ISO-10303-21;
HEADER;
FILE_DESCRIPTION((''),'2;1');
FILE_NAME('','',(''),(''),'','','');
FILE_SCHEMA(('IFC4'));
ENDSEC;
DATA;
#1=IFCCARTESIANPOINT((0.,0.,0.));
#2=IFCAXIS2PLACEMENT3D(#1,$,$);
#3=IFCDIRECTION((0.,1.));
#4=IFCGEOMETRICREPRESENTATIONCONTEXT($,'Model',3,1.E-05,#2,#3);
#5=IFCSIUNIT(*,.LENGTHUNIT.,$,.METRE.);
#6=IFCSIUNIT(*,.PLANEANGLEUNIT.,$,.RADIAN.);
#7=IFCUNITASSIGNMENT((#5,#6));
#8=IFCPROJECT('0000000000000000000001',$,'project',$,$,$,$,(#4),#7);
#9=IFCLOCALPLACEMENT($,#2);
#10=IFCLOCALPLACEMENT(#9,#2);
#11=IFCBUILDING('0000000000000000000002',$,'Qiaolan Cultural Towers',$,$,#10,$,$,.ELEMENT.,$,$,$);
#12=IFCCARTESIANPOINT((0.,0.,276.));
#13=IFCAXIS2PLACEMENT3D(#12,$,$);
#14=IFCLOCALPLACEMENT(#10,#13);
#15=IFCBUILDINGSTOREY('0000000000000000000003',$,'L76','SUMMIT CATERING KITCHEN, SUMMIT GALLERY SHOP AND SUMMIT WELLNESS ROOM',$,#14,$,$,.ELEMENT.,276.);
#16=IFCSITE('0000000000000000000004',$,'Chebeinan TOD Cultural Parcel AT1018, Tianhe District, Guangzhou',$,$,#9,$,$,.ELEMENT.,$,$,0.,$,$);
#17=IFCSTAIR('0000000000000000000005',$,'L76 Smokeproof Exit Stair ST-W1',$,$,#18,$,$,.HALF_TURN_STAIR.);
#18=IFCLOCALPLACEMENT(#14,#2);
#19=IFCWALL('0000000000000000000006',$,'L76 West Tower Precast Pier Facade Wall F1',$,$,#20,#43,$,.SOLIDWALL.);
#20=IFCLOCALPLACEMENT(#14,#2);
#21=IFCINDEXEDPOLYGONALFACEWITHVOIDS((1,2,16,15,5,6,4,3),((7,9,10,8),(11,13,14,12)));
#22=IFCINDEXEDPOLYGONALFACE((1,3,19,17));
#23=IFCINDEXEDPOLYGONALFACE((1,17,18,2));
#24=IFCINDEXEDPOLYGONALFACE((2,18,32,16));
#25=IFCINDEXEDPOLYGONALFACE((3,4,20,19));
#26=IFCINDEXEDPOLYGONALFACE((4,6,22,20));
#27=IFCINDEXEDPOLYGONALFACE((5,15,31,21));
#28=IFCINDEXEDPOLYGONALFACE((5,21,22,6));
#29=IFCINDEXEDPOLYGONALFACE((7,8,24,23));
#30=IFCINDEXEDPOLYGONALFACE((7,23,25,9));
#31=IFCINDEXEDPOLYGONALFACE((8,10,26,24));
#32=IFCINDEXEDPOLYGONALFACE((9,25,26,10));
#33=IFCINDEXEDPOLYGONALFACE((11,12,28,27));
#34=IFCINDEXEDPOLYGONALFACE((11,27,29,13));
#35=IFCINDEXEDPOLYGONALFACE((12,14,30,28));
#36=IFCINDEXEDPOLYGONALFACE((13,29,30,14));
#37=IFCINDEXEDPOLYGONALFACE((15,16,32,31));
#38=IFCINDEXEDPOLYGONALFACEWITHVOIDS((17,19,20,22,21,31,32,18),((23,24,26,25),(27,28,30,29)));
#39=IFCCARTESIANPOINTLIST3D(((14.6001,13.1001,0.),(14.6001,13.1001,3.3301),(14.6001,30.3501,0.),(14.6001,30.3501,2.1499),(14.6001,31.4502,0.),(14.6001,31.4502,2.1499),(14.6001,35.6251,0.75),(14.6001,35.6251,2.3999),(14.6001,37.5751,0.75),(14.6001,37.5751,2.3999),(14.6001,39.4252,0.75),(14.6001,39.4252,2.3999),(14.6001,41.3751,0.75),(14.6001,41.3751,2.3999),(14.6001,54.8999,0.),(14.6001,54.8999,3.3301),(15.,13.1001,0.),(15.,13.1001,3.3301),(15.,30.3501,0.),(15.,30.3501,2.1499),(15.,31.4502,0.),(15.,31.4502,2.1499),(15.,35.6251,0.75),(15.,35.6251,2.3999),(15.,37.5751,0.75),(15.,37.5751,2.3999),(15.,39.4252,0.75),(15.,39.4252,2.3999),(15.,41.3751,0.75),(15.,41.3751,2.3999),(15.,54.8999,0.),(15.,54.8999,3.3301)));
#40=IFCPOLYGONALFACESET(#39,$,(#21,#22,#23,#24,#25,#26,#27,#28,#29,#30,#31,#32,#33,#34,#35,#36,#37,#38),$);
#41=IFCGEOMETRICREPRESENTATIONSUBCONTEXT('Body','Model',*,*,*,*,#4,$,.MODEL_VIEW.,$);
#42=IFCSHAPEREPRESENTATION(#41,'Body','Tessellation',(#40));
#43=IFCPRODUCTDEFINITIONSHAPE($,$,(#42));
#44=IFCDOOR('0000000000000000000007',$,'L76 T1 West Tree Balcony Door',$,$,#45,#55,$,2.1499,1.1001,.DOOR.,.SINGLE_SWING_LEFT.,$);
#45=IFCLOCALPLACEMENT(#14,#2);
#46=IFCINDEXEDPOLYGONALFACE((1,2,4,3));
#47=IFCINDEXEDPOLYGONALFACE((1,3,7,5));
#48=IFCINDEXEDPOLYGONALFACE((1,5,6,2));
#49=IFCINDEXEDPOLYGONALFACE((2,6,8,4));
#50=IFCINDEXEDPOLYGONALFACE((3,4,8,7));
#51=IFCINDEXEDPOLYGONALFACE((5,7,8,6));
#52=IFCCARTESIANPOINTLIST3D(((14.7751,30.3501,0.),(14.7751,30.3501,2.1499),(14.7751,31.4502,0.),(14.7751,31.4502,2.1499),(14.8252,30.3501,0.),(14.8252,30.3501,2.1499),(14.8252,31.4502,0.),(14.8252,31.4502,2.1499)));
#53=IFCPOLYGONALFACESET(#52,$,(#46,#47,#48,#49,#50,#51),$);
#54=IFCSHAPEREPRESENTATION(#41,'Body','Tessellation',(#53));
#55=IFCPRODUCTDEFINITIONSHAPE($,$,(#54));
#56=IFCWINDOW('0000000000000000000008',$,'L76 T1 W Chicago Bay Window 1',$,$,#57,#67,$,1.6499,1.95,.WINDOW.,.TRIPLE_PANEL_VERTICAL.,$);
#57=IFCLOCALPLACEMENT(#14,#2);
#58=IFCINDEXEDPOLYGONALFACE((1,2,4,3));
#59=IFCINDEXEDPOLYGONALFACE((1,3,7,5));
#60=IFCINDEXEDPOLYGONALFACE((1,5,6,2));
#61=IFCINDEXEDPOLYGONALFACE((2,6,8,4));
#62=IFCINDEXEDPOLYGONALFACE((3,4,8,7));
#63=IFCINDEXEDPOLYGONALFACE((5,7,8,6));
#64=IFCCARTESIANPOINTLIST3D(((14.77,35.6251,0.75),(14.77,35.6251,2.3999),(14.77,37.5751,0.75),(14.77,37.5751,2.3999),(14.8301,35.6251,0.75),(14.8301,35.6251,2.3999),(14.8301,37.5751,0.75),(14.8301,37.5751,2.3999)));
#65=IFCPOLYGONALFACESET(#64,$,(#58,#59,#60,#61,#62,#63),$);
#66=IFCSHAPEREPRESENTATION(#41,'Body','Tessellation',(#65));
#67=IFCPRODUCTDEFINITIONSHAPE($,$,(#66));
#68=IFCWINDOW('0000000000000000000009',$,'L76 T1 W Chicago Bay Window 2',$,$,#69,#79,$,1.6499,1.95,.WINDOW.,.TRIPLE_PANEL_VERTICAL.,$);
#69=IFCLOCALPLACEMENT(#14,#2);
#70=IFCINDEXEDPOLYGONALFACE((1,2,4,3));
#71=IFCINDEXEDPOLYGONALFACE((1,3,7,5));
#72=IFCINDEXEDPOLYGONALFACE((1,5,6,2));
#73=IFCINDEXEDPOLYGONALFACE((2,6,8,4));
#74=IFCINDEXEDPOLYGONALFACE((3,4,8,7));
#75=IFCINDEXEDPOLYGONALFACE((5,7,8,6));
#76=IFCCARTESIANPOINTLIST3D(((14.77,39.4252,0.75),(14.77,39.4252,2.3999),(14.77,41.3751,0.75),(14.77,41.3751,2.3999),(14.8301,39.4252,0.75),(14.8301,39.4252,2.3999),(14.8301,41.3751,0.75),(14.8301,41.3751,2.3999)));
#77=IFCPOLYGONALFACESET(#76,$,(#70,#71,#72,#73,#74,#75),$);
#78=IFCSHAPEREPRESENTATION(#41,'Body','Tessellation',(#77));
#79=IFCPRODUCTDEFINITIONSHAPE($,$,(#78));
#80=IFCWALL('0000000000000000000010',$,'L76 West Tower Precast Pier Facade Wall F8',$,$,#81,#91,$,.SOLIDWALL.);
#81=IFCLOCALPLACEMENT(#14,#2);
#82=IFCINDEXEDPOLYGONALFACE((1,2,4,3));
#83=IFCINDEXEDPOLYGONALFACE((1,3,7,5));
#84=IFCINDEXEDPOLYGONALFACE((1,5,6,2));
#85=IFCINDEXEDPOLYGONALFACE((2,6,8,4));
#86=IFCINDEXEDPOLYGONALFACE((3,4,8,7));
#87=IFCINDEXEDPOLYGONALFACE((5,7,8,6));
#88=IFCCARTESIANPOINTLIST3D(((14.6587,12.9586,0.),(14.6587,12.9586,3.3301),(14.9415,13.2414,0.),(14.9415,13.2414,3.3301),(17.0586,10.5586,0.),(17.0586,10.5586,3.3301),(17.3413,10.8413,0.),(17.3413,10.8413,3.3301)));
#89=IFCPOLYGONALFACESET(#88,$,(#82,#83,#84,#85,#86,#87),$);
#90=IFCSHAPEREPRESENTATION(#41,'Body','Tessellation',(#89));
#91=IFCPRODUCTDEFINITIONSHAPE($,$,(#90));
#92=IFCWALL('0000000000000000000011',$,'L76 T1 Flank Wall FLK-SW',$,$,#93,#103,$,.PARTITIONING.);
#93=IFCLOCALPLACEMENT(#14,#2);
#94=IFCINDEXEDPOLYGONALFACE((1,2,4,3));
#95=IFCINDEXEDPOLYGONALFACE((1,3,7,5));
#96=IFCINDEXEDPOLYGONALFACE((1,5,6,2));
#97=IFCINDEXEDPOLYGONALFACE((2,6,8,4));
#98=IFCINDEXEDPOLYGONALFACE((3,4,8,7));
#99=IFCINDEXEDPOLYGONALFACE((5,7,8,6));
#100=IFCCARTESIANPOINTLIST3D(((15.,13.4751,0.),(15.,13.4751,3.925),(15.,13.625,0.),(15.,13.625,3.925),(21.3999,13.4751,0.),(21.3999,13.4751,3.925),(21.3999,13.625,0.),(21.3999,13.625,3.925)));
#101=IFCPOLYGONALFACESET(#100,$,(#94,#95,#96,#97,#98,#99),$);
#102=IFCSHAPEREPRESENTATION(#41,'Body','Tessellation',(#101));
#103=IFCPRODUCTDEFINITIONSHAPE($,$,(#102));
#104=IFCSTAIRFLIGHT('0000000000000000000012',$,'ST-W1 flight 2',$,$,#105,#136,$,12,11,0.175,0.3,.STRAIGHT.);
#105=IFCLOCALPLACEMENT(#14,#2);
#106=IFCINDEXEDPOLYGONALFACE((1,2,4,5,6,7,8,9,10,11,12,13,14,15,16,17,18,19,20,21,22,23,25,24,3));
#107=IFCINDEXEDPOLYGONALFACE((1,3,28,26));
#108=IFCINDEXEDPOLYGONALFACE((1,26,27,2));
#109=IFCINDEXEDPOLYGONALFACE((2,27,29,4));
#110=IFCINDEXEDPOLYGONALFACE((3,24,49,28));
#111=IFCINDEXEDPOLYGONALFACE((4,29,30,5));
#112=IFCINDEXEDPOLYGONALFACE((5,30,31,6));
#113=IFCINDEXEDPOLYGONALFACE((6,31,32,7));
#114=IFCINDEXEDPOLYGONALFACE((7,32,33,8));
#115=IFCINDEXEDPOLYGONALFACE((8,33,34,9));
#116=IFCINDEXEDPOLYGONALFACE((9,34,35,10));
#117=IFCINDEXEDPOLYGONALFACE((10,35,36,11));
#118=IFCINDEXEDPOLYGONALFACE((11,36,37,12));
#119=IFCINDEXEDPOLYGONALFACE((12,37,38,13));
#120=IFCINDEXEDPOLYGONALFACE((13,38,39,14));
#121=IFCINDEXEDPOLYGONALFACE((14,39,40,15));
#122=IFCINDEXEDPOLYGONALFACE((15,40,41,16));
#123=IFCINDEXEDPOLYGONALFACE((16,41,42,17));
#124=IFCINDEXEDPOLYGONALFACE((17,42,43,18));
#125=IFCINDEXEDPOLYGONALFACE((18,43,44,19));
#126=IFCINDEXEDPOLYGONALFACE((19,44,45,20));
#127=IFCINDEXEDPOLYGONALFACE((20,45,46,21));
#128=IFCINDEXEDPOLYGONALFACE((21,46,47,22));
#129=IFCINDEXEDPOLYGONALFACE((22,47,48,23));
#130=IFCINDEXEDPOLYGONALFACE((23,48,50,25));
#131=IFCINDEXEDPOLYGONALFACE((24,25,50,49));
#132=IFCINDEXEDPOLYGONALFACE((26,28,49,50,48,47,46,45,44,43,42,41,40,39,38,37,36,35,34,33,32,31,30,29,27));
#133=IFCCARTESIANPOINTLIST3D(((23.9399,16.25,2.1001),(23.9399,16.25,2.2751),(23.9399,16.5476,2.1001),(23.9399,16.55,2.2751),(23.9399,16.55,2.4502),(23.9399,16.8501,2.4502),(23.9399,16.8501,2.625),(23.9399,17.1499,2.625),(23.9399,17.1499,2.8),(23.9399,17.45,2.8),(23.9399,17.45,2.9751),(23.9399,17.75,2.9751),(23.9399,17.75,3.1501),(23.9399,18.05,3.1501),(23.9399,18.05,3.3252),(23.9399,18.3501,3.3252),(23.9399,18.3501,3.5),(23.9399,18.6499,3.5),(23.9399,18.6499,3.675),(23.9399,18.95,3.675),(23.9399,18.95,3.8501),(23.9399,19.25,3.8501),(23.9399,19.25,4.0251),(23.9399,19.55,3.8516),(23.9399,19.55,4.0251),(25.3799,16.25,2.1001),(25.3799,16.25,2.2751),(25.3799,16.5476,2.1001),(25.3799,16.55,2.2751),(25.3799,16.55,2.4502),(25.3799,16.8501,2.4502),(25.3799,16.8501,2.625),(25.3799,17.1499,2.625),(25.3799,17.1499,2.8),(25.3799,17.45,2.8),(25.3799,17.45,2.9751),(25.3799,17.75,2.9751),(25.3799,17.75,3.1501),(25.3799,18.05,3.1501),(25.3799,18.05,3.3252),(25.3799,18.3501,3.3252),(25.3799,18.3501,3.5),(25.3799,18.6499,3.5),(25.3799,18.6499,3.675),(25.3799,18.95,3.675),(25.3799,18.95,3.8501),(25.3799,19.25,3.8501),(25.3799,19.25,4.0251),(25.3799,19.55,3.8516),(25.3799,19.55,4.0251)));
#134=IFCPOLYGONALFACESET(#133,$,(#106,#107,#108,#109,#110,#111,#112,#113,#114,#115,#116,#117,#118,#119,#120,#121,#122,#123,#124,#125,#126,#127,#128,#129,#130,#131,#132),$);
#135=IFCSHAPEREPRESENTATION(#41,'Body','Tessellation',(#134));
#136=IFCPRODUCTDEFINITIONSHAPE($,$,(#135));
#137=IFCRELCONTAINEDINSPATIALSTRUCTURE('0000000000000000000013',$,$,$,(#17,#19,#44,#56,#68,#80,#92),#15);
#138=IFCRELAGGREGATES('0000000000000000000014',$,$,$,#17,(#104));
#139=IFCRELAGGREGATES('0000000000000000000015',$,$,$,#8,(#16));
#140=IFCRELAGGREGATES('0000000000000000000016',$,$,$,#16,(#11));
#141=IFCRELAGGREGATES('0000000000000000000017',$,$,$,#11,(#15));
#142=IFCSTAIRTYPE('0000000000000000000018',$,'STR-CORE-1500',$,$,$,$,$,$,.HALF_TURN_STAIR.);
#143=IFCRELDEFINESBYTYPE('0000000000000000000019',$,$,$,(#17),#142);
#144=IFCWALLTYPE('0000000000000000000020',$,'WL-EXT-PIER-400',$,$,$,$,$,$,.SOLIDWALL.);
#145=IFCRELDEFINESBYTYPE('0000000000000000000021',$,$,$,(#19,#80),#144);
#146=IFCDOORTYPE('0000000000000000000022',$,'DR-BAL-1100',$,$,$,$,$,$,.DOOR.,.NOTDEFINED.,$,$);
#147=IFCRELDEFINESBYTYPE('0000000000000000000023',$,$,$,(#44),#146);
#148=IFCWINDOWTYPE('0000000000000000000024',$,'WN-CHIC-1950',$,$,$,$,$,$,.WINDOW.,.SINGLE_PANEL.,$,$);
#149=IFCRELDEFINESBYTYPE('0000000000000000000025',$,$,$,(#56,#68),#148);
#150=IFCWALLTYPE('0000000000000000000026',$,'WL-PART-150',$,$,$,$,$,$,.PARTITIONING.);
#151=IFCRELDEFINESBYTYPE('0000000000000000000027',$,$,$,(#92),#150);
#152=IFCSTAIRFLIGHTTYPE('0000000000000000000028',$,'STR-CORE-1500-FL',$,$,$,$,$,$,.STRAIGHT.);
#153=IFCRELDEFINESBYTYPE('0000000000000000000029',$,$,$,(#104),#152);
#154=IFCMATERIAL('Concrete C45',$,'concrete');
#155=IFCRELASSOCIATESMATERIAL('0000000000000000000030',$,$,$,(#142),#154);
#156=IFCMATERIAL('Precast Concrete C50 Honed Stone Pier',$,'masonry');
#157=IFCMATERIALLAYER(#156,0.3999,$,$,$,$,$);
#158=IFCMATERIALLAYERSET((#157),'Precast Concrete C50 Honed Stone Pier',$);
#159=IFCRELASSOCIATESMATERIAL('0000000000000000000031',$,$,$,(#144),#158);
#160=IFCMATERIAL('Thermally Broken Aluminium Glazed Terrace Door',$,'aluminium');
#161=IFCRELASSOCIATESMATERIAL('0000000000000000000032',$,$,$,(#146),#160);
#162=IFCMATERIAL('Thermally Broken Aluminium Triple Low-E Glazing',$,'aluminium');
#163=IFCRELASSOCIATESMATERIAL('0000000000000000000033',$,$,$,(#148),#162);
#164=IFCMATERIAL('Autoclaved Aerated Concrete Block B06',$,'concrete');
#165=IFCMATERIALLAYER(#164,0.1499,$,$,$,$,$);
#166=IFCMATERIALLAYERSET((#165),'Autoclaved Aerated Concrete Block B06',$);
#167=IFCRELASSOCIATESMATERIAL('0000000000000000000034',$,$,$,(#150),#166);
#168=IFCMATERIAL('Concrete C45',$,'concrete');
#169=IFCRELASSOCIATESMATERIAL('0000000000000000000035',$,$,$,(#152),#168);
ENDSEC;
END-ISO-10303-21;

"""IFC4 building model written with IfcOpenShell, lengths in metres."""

from ifc_helpers import new_model, si_unit, direction, frame, frame_2d, origin, place, context, subcontext, project, spatial, polyline, rectangle, outline, extrude, material, layer, layer_set, type_object, element, fill, aggregate, save


model = new_model("IFC4")

# Units and contexts
model_context = context("Model", 3, precision=1e-05, world=origin(), true_north=direction((0.0, 1.0)))
body_context = subcontext(model_context, "Body", "Model", "MODEL_VIEW")
ifc_project = project(units=[si_unit("LENGTHUNIT", "METRE"), si_unit("PLANEANGLEUNIT", "RADIAN")], contexts=[model_context])

# Site, building, storey
site_placement = place(None, origin())
site = spatial("IfcSite", under=ifc_project, at=site_placement, Name="Chebeinan TOD Cultural Parcel AT1018, Tianhe District, Guangzhou", CompositionType="ELEMENT", RefElevation=0.0)
building_placement = place(site_placement, origin())
building = spatial("IfcBuilding", under=site, at=building_placement, Name="Qiaolan Cultural Towers", CompositionType="ELEMENT")
storey_placement = place(building_placement, frame((0.0, 0.0, 276.0)))
storey = spatial("IfcBuildingStorey", under=building, at=storey_placement, Name="L76", Description="SUMMIT CATERING KITCHEN, SUMMIT GALLERY SHOP AND SUMMIT WELLNESS ROOM", CompositionType="ELEMENT", Elevation=276.0)

# Stair
ifc_material_1 = material(Name="Concrete C45", Category="concrete")
stair_type = type_object("IfcStairType", Name="STR-CORE-1500", PredefinedType="HALF_TURN_STAIR", material=ifc_material_1)
stair_placement = place(storey_placement, origin())
stair = element("IfcStair", 1, at=stair_placement, inside=storey, type_object=stair_type, Name="L76 Smokeproof Exit Stair ST-W1", PredefinedType="HALF_TURN_STAIR")

# Wall, openings, door, windows
ifc_material_2 = material(Name="Precast Concrete C50 Honed Stone Pier", Category="masonry")
ifc_layer_1 = layer(ifc_material_2, 0.3999)
ifc_layer_set_1 = layer_set([ifc_layer_1], Name="Precast Concrete C50 Honed Stone Pier")
wall_type_1 = type_object("IfcWallType", Name="WL-EXT-PIER-400", PredefinedType="SOLIDWALL", material=ifc_layer_set_1)
wall_1_placement = place(storey_placement, frame((14.8, 13.1001, 0.0), z_axis=(0.0, 0.0, 1.0), x_axis=(0.0, 1.0, 0.0)))
wall_1 = element("IfcWall", 2, at=wall_1_placement, inside=storey, type_object=wall_type_1, Name="L76 West Tower Precast Pier Facade Wall F1", PredefinedType="SOLIDWALL", context=body_context, shape_type="SweptSolid", body=[
    extrude(rectangle(XDim=41.7998, YDim=0.3999, at=frame_2d((20.8999, 0.0))), origin(), (0.0, 0.0, 1.0), 3.3301),
])
opening_1_placement = place(wall_1_placement, frame((22.5249, 0.0, 0.75)))
opening_1 = element("IfcOpeningElement", 3, at=opening_1_placement, cuts=wall_1, PredefinedType="OPENING", context=body_context, shape_type="SweptSolid", body=[
    extrude(rectangle(XDim=1.95, YDim=1.6499, at=frame_2d((0.9751, 0.825))), frame((0.0, 0.21, 0.0), z_axis=(0.0, -1.0, 0.0), x_axis=(1.0, 0.0, 0.0)), (0.0, 0.0, 1.0), 0.4199),
])
opening_2_placement = place(wall_1_placement, frame((26.325, 0.0, 0.75)))
opening_2 = element("IfcOpeningElement", 4, at=opening_2_placement, cuts=wall_1, PredefinedType="OPENING", context=body_context, shape_type="SweptSolid", body=[
    extrude(rectangle(XDim=1.95, YDim=1.6499, at=frame_2d((0.9751, 0.825))), frame((0.0, 0.21, 0.0), z_axis=(0.0, -1.0, 0.0), x_axis=(1.0, 0.0, 0.0)), (0.0, 0.0, 1.0), 0.4199),
])
opening_3_placement = place(wall_1_placement, frame((17.25, 0.0, 0.0)))
opening_3 = element("IfcOpeningElement", 5, at=opening_3_placement, cuts=wall_1, PredefinedType="OPENING", context=body_context, shape_type="SweptSolid", body=[
    extrude(rectangle(XDim=1.1001, YDim=2.1499, at=frame_2d((0.55, 1.075))), frame((0.0, 0.21, 0.0), z_axis=(0.0, -1.0, 0.0), x_axis=(1.0, 0.0, 0.0)), (0.0, 0.0, 1.0), 0.4199),
])
ifc_material_3 = material(Name="Thermally Broken Aluminium Glazed Terrace Door", Category="aluminium")
door_type = type_object("IfcDoorType", Name="DR-BAL-1100", OperationType="NOTDEFINED", PredefinedType="DOOR", material=ifc_material_3)
door_placement = place(opening_3_placement, origin())
door = element("IfcDoor", 6, at=door_placement, inside=storey, type_object=door_type, Name="L76 T1 West Tree Balcony Door", OperationType="SINGLE_SWING_LEFT", OverallHeight=2.1499, OverallWidth=1.1001, PredefinedType="DOOR", context=body_context, shape_type="SweptSolid", body=[
    extrude(rectangle(XDim=1.1001, YDim=2.1499, at=frame_2d((0.55, 1.075))), frame((0.0, 0.0249, 0.0), z_axis=(0.0, -1.0, 0.0), x_axis=(1.0, 0.0, 0.0)), (0.0, 0.0, 1.0), 0.05),
])
fill(opening_3, door)
ifc_material_4 = material(Name="Thermally Broken Aluminium Triple Low-E Glazing", Category="aluminium")
window_type = type_object("IfcWindowType", Name="WN-CHIC-1950", PartitioningType="SINGLE_PANEL", PredefinedType="WINDOW", material=ifc_material_4)
window_1_placement = place(opening_1_placement, origin())
window_1 = element("IfcWindow", 7, at=window_1_placement, inside=storey, type_object=window_type, Name="L76 T1 W Chicago Bay Window 1", OverallHeight=1.6499, OverallWidth=1.95, PartitioningType="TRIPLE_PANEL_VERTICAL", PredefinedType="WINDOW", context=body_context, shape_type="SweptSolid", body=[
    extrude(rectangle(XDim=1.95, YDim=1.6499, at=frame_2d((0.9751, 0.825))), frame((0.0, 0.03, 0.0), z_axis=(0.0, -1.0, 0.0), x_axis=(1.0, 0.0, 0.0)), (0.0, 0.0, 1.0), 0.0601),
])
fill(opening_1, window_1)
window_2_placement = place(opening_2_placement, origin())
window_2 = element("IfcWindow", 8, at=window_2_placement, inside=storey, type_object=window_type, Name="L76 T1 W Chicago Bay Window 2", OverallHeight=1.6499, OverallWidth=1.95, PartitioningType="TRIPLE_PANEL_VERTICAL", PredefinedType="WINDOW", context=body_context, shape_type="SweptSolid", body=[
    extrude(rectangle(XDim=1.95, YDim=1.6499, at=frame_2d((0.9751, 0.825))), frame((0.0, 0.03, 0.0), z_axis=(0.0, -1.0, 0.0), x_axis=(1.0, 0.0, 0.0)), (0.0, 0.0, 1.0), 0.0601),
])
fill(opening_2, window_2)

# Walls
wall_2_placement = place(storey_placement, frame((17.2, 10.7, 0.0), z_axis=(0.0, 0.0, 1.0), x_axis=(-0.707071, 0.707143, 0.0)))
element("IfcWall", 9, at=wall_2_placement, inside=storey, type_object=wall_type_1, Name="L76 West Tower Precast Pier Facade Wall F8", PredefinedType="SOLIDWALL", context=body_context, shape_type="SweptSolid", body=[
    extrude(rectangle(XDim=3.394, YDim=0.3999, at=frame_2d((1.697, 0.0))), origin(), (0.0, 0.0, 1.0), 3.3301),
])
ifc_material_5 = material(Name="Autoclaved Aerated Concrete Block B06", Category="concrete")
ifc_layer_2 = layer(ifc_material_5, 0.1499)
ifc_layer_set_2 = layer_set([ifc_layer_2], Name="Autoclaved Aerated Concrete Block B06")
wall_type_2 = type_object("IfcWallType", Name="WL-PART-150", PredefinedType="PARTITIONING", material=ifc_layer_set_2)
wall_3_placement = place(storey_placement, frame((15.0, 13.55, 0.0), z_axis=(0.0, 0.0, 1.0), x_axis=(1.0, 0.0, 0.0)))
element("IfcWall", 10, at=wall_3_placement, inside=storey, type_object=wall_type_2, Name="L76 T1 Flank Wall FLK-SW", PredefinedType="PARTITIONING", context=body_context, shape_type="SweptSolid", body=[
    extrude(rectangle(XDim=6.3999, YDim=0.1499, at=frame_2d((3.2, 0.0))), origin(), (0.0, 0.0, 1.0), 3.925),
])

# Stair flight
ifc_material_6 = material(Name="Concrete C45", Category="concrete")
stair_flight_type = type_object("IfcStairFlightType", Name="STR-CORE-1500-FL", PredefinedType="STRAIGHT", material=ifc_material_6)
stair_flight_placement = place(storey_placement, frame((24.6599, 16.25, 2.1001), z_axis=(0.0, 0.0, 1.0), x_axis=(0.0, 1.0, 0.0)))
stair_flight = element("IfcStairFlight", 11, at=stair_flight_placement, type_object=stair_flight_type, Name="ST-W1 flight 2", NumberOfRisers=12, NumberOfTreads=11, PredefinedType="STRAIGHT", RiserHeight=0.175, TreadLength=0.3, context=body_context, shape_type="SweptSolid", body=[
    extrude(outline(polyline([(0.0, 0.0), (0.0, 0.175), (0.3, 0.175), (0.3, 0.3501), (0.6001, 0.3501), (0.6001, 0.5249), (0.8999, 0.5249), (0.8999, 0.7), (1.2, 0.7), (1.2, 0.875), (1.5, 0.875), (1.5, 1.05), (1.8, 1.05), (1.8, 1.2251), (2.1001, 1.2251), (2.1001, 1.3999), (2.3999, 1.3999), (2.3999, 1.575), (2.7, 1.575), (2.7, 1.75), (3.0, 1.75), (3.0, 1.925), (3.3, 1.925), (3.3, 2.1001), (3.3, 1.7515), (0.2976, 0.0), (0.0, 0.0)])), frame((0.0, 0.72, 0.0), z_axis=(0.0, -1.0, 0.0), x_axis=(1.0, 0.0, 0.0)), (0.0, 0.0, 1.0), 1.4399),
])
aggregate(stair, [stair_flight])

save(model, "model.ifc")
